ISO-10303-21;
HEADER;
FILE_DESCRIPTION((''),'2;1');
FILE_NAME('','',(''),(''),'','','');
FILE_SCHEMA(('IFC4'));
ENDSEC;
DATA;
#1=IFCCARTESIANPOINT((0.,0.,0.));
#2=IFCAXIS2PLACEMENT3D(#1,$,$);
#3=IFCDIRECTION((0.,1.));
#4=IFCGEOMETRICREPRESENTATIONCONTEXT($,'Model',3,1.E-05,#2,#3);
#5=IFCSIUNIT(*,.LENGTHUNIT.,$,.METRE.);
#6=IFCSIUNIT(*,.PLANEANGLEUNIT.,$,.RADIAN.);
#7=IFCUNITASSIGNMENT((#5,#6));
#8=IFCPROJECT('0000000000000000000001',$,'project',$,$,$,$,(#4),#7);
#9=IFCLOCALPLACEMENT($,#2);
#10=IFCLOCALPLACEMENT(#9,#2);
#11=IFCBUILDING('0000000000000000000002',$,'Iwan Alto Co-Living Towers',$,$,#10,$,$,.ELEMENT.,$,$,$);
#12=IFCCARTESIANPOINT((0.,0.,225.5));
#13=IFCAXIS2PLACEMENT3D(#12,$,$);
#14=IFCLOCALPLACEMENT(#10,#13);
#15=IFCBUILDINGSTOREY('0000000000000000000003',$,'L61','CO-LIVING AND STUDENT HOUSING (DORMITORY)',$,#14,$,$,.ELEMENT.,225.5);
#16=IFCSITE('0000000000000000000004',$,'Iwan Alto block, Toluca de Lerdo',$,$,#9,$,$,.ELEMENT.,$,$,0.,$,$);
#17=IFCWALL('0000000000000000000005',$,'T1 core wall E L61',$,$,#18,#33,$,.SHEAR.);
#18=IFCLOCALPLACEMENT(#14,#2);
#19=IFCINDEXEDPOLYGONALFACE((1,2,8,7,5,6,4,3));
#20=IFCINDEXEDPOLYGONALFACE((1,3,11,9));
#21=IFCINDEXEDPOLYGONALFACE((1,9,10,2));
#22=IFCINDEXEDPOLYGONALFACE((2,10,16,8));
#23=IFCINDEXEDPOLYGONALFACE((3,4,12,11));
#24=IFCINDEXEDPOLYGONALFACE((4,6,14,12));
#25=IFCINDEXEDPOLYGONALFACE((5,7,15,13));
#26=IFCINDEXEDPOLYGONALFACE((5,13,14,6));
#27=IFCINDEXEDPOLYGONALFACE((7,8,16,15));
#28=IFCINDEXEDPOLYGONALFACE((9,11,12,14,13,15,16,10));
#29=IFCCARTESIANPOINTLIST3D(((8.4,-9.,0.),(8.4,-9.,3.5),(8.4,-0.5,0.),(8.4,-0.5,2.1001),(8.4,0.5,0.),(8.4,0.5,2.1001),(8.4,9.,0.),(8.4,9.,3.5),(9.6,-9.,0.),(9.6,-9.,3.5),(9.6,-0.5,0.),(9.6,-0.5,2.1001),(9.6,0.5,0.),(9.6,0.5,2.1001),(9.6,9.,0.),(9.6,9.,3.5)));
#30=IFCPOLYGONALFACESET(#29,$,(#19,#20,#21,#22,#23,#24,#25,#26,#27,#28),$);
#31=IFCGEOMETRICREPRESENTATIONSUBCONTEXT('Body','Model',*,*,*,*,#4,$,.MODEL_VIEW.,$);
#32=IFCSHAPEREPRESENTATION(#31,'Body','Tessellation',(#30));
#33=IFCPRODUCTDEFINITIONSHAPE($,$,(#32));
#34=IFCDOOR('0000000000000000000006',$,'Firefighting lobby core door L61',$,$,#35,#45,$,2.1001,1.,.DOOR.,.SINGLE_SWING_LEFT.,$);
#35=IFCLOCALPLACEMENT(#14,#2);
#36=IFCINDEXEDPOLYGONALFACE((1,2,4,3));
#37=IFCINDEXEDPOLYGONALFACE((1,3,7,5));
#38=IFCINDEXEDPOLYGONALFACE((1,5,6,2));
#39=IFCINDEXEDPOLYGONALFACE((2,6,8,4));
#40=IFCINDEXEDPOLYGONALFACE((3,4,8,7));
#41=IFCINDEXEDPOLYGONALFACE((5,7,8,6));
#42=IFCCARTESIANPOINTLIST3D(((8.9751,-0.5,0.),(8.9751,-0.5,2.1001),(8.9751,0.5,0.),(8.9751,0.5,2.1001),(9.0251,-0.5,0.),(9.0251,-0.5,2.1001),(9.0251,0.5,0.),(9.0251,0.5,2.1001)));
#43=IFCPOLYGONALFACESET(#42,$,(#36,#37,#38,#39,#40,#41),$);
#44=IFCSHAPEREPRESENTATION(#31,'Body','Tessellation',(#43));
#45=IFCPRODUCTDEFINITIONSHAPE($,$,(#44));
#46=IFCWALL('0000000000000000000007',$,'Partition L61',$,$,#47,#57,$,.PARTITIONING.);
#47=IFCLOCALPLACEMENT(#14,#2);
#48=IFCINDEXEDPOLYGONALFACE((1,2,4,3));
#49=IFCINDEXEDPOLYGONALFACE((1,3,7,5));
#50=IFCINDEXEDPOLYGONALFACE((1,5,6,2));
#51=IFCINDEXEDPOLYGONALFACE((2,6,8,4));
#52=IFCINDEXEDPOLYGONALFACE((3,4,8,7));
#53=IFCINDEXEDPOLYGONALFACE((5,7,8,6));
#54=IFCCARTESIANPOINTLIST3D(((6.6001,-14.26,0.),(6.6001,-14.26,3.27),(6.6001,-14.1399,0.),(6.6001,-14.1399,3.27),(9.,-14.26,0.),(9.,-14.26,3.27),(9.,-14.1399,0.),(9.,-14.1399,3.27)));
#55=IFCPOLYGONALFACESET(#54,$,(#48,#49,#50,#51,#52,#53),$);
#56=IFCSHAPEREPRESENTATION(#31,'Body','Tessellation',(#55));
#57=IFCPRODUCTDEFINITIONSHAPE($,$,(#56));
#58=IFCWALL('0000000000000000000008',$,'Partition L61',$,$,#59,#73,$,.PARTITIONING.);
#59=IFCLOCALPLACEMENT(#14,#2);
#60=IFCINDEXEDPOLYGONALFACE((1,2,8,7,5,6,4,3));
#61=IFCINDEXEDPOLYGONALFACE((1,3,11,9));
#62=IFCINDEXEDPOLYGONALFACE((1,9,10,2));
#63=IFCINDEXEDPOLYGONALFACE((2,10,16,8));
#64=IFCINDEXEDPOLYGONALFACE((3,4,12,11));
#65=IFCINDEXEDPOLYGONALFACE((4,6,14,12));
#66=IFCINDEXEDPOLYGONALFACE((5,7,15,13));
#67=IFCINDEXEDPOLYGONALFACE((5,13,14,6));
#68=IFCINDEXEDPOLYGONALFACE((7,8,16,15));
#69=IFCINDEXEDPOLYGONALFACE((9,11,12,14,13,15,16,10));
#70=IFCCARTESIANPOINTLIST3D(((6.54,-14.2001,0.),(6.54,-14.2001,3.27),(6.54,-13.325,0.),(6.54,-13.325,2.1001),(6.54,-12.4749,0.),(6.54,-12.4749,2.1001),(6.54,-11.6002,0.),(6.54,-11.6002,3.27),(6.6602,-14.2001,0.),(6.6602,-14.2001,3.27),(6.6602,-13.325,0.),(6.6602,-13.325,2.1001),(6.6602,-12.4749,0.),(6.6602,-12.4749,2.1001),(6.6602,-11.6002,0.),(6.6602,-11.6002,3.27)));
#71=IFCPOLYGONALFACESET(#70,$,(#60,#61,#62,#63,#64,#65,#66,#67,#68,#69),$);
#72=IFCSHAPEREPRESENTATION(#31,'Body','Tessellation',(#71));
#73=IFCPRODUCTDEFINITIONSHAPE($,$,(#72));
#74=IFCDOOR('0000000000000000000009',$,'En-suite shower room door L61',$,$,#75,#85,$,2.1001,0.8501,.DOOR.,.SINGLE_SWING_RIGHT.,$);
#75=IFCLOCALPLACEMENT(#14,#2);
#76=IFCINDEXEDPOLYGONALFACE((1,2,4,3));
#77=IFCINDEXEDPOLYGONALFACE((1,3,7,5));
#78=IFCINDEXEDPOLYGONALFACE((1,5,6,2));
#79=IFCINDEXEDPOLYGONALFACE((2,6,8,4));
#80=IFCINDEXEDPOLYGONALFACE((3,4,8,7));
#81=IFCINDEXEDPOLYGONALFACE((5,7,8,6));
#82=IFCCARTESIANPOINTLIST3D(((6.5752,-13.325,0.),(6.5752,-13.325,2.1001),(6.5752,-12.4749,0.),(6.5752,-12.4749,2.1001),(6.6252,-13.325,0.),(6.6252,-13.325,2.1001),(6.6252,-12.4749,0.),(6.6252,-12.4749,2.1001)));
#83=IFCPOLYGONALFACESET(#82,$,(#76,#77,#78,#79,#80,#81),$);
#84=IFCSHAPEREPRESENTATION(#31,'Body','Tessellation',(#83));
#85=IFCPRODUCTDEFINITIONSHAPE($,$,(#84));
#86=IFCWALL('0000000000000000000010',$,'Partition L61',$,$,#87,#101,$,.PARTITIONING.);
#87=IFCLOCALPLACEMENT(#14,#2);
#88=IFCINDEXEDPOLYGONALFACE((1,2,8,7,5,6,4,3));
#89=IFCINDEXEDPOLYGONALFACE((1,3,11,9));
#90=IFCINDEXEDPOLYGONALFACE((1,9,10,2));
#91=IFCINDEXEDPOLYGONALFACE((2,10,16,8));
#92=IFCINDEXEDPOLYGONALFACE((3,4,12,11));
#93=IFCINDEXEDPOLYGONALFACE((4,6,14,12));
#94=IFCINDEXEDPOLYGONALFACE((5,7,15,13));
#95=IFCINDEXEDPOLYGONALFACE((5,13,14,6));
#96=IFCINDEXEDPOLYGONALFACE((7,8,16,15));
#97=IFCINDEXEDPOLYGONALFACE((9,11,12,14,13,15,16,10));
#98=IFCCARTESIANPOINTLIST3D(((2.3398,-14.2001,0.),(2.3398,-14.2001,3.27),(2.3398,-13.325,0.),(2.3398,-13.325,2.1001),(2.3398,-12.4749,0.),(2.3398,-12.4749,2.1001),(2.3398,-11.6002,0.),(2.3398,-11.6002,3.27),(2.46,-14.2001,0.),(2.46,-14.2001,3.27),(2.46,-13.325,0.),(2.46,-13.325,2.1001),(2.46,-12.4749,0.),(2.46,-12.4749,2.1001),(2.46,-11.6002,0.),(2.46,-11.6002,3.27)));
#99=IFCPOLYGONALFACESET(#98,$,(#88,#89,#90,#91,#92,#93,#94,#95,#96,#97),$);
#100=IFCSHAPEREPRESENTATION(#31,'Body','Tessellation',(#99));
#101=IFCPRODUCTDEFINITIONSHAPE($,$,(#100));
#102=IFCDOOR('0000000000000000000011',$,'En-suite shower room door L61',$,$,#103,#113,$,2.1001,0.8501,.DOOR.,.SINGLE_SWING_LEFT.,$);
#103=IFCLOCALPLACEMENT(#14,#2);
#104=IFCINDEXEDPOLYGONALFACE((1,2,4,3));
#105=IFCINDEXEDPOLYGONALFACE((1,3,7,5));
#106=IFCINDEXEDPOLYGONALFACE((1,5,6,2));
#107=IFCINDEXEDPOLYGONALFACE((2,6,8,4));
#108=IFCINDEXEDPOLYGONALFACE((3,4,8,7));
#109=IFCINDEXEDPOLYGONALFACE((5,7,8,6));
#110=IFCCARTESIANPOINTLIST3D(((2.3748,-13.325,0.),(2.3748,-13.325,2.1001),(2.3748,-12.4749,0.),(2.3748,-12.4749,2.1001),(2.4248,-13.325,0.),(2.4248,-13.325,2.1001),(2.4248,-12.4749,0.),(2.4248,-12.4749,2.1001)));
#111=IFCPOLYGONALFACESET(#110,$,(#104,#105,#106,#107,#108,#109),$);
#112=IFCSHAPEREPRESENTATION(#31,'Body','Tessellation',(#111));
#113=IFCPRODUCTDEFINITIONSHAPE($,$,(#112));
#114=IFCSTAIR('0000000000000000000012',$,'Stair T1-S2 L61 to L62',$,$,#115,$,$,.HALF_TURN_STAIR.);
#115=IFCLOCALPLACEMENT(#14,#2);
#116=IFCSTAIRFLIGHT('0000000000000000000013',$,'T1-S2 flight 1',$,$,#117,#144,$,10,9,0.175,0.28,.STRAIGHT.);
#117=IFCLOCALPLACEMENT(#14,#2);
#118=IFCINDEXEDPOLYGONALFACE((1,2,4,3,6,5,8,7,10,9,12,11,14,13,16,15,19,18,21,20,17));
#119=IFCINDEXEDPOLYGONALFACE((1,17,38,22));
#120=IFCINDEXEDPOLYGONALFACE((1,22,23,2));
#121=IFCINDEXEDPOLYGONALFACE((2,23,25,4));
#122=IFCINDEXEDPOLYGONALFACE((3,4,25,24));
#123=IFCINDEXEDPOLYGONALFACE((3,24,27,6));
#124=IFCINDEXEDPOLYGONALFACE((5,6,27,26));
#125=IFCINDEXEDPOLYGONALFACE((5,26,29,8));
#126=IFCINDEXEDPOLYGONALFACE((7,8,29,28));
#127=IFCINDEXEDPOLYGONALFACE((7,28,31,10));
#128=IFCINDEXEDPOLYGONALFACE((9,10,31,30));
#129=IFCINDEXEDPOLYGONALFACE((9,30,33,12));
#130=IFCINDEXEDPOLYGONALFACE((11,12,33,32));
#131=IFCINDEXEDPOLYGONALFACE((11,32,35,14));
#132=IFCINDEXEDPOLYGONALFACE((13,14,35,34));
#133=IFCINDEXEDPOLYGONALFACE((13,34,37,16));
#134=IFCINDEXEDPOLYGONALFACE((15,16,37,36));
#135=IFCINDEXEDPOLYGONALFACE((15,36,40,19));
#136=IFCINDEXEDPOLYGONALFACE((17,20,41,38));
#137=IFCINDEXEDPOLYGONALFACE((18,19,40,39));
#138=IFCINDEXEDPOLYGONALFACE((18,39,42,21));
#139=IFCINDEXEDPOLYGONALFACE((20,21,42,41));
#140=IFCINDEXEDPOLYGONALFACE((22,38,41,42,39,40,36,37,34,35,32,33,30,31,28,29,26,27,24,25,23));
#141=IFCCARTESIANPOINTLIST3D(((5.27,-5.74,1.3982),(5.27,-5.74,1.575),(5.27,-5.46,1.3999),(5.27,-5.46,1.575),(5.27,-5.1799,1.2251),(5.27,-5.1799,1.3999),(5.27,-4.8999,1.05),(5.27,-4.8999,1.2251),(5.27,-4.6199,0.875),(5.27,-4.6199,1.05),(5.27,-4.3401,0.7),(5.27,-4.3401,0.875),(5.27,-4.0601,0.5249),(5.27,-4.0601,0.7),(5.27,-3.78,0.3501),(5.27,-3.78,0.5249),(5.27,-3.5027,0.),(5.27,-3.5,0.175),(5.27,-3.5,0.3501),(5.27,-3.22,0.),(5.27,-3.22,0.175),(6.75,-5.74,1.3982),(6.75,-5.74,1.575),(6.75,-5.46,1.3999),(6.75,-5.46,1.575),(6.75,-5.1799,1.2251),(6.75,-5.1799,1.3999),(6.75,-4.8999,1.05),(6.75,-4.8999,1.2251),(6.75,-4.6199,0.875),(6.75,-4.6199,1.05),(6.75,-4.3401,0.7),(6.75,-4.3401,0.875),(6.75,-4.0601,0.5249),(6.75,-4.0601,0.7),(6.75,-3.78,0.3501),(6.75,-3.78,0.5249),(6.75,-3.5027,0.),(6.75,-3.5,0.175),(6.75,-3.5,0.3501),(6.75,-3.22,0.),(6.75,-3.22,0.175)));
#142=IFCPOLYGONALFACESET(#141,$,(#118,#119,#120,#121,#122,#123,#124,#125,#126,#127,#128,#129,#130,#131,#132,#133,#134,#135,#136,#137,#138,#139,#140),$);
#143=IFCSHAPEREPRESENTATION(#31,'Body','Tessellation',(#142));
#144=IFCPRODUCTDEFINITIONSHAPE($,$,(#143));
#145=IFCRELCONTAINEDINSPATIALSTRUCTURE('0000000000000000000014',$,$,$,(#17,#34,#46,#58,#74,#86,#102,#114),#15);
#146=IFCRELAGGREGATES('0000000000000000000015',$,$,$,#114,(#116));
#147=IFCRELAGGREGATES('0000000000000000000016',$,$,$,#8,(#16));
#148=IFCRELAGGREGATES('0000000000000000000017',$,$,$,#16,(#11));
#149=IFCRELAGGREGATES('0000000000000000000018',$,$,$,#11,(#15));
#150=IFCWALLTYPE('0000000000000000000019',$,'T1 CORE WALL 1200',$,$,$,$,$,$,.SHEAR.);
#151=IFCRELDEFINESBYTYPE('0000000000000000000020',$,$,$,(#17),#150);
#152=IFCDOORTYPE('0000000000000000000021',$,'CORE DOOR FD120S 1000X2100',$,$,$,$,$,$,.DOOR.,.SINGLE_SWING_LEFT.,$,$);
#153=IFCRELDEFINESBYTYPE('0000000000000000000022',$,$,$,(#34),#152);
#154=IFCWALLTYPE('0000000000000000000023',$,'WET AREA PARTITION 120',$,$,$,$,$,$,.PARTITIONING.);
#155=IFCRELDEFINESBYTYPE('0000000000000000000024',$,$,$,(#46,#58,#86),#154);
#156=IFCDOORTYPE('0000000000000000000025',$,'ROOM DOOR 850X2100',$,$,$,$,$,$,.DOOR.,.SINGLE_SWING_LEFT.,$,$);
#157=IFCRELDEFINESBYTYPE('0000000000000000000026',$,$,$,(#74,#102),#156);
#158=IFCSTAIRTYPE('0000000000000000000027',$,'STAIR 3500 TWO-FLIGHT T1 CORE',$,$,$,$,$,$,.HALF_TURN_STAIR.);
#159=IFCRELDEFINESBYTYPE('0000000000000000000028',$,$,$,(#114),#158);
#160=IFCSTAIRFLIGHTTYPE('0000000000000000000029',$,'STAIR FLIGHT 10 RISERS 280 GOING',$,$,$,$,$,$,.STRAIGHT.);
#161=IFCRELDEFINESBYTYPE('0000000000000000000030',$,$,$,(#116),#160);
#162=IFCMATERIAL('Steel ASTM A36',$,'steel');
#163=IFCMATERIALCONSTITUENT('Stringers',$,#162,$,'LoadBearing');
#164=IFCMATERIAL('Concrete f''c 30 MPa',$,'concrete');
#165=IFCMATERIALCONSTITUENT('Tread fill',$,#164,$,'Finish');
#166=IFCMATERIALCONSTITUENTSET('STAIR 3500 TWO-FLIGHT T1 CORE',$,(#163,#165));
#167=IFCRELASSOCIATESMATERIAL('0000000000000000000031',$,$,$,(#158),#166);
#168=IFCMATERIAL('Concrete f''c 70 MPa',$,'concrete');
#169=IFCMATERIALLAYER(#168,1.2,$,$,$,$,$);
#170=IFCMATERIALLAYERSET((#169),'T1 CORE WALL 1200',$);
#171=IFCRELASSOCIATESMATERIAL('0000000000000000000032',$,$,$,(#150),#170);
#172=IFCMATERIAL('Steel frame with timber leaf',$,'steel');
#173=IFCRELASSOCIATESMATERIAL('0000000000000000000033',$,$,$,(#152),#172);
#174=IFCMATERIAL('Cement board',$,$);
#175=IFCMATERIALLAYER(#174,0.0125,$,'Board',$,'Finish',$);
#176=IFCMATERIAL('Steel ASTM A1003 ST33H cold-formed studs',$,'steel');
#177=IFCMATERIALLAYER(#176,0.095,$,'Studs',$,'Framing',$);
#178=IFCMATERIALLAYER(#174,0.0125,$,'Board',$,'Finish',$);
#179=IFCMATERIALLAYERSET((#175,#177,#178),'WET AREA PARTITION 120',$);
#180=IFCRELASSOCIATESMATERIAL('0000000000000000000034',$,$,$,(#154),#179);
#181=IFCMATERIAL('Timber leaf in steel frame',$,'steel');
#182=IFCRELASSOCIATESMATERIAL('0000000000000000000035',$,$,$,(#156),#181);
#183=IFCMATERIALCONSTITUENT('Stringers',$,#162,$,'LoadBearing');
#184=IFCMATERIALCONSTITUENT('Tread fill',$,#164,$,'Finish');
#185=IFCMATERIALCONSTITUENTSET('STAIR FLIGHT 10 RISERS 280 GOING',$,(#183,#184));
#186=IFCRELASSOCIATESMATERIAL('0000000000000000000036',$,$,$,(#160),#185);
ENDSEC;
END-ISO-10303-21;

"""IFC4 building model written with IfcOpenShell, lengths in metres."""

from ifc_helpers import new_model, si_unit, direction, frame, frame_2d, origin, place, context, subcontext, project, spatial, polyline, rectangle, outline, extrude, material, layer, layer_set, constituent, constituent_set, type_object, element, fill, aggregate, save


model = new_model("IFC4")

# Units and contexts
model_context = context("Model", 3, precision=1e-05, world=origin(), true_north=direction((0.0, 1.0)))
body_context = subcontext(model_context, "Body", "Model", "MODEL_VIEW")
ifc_project = project(units=[si_unit("LENGTHUNIT", "METRE"), si_unit("PLANEANGLEUNIT", "RADIAN")], contexts=[model_context])

# Site, building, storey
site_placement = place(None, origin())
site = spatial("IfcSite", under=ifc_project, at=site_placement, Name="Iwan Alto block, Toluca de Lerdo", CompositionType="ELEMENT", RefElevation=0.0)
building_placement = place(site_placement, origin())
building = spatial("IfcBuilding", under=site, at=building_placement, Name="Iwan Alto Co-Living Towers", CompositionType="ELEMENT")
storey_placement = place(building_placement, frame((0.0, 0.0, 225.5)))
storey = spatial("IfcBuildingStorey", under=building, at=storey_placement, Name="L61", Description="CO-LIVING AND STUDENT HOUSING (DORMITORY)", CompositionType="ELEMENT", Elevation=225.5)

# Shared definitions
ifc_material_1 = material(Name="Steel ASTM A36", Category="steel")
ifc_constituent_1 = constituent(ifc_material_1, Name="Stringers", Category="LoadBearing")
ifc_material_2 = material(Name="Concrete f'c 30 MPa", Category="concrete")
ifc_constituent_2 = constituent(ifc_material_2, Name="Tread fill", Category="Finish")
ifc_constituent_set_1 = constituent_set(constituents=[ifc_constituent_1, ifc_constituent_2], Name="STAIR 3500 TWO-FLIGHT T1 CORE")
stair_type = type_object("IfcStairType", Name="STAIR 3500 TWO-FLIGHT T1 CORE", PredefinedType="HALF_TURN_STAIR", material=ifc_constituent_set_1)

# Shared definitions
ifc_material_3 = material(Name="Steel ASTM A1003 ST33H cold-formed studs", Category="steel")

# Wall, opening, door
ifc_material_4 = material(Name="Concrete f'c 70 MPa", Category="concrete")
ifc_layer_1 = layer(ifc_material_4, 1.2)
ifc_layer_set_1 = layer_set([ifc_layer_1], Name="T1 CORE WALL 1200")
wall_type_1 = type_object("IfcWallType", Name="T1 CORE WALL 1200", PredefinedType="SHEAR", material=ifc_layer_set_1)
wall_1_placement = place(storey_placement, frame((9.0, -9.0, 0.0), z_axis=(0.0, 0.0, 1.0), x_axis=(0.0, 1.0, 0.0)))
wall_1 = element("IfcWall", 1, at=wall_1_placement, inside=storey, type_object=wall_type_1, Name="T1 core wall E L61", PredefinedType="SHEAR", context=body_context, shape_type="SweptSolid", body=[
    extrude(rectangle(XDim=18.0, YDim=1.2, at=frame_2d((9.0, 0.0))), origin(), (0.0, 0.0, 1.0), 3.5),
])
opening_1_placement = place(wall_1_placement, frame((8.5, 0.0, 0.0)))
opening_1 = element("IfcOpeningElement", 2, at=opening_1_placement, cuts=wall_1, PredefinedType="OPENING", context=body_context, shape_type="SweptSolid", body=[
    extrude(rectangle(XDim=1.0, YDim=2.1001, at=frame_2d((0.5, 1.05))), frame((0.0, 0.6099, 0.0), z_axis=(0.0, -1.0, 0.0), x_axis=(1.0, 0.0, 0.0)), (0.0, 0.0, 1.0), 1.22),
])
ifc_material_5 = material(Name="Steel frame with timber leaf", Category="steel")
door_type_1 = type_object("IfcDoorType", Name="CORE DOOR FD120S 1000X2100", OperationType="SINGLE_SWING_LEFT", PredefinedType="DOOR", material=ifc_material_5)
door_1_placement = place(opening_1_placement, origin())
door_1 = element("IfcDoor", 3, at=door_1_placement, inside=storey, type_object=door_type_1, Name="Firefighting lobby core door L61", OperationType="SINGLE_SWING_LEFT", OverallHeight=2.1001, OverallWidth=1.0, PredefinedType="DOOR", context=body_context, shape_type="SweptSolid", body=[
    extrude(rectangle(XDim=1.0, YDim=2.1001, at=frame_2d((0.5, 1.05))), frame((0.0, 0.0249, 0.0), z_axis=(0.0, -1.0, 0.0), x_axis=(1.0, 0.0, 0.0)), (0.0, 0.0, 1.0), 0.05),
])
fill(opening_1, door_1)

# Wall
ifc_material_6 = material(Name="Cement board")
ifc_layer_2 = layer(ifc_material_6, 0.0125, Name="Board", Category="Finish")
ifc_layer_3 = layer(ifc_material_3, 0.095, Name="Studs", Category="Framing")
ifc_layer_4 = layer(ifc_material_6, 0.0125, Name="Board", Category="Finish")
ifc_layer_set_2 = layer_set([ifc_layer_2, ifc_layer_3, ifc_layer_4], Name="WET AREA PARTITION 120")
wall_type_2 = type_object("IfcWallType", Name="WET AREA PARTITION 120", PredefinedType="PARTITIONING", material=ifc_layer_set_2)
wall_2_placement = place(storey_placement, frame((6.6001, -14.2, 0.0), z_axis=(0.0, 0.0, 1.0), x_axis=(1.0, 0.0, 0.0)))
element("IfcWall", 4, at=wall_2_placement, inside=storey, type_object=wall_type_2, Name="Partition L61", PredefinedType="PARTITIONING", context=body_context, shape_type="SweptSolid", body=[
    extrude(rectangle(XDim=2.3999, YDim=0.1201, at=frame_2d((1.2, 0.0))), origin(), (0.0, 0.0, 1.0), 3.27),
])

# Walls, openings, doors
wall_3_placement = place(storey_placement, frame((6.6001, -14.2, 0.0), z_axis=(0.0, 0.0, 1.0), x_axis=(0.0, 1.0, 0.0)))
wall_3 = element("IfcWall", 5, at=wall_3_placement, inside=storey, type_object=wall_type_2, Name="Partition L61", PredefinedType="PARTITIONING", context=body_context, shape_type="SweptSolid", body=[
    extrude(rectangle(XDim=2.5999, YDim=0.1201, at=frame_2d((1.2998, 0.0))), origin(), (0.0, 0.0, 1.0), 3.27),
])
opening_2_placement = place(wall_3_placement, frame((0.875, 0.0, 0.0)))
opening_2 = element("IfcOpeningElement", 6, at=opening_2_placement, cuts=wall_3, PredefinedType="OPENING", context=body_context, shape_type="SweptSolid", body=[
    extrude(rectangle(XDim=0.8501, YDim=2.1001, at=frame_2d((0.425, 1.05))), frame((0.0, 0.0701, 0.0), z_axis=(0.0, -1.0, 0.0), x_axis=(1.0, 0.0, 0.0)), (0.0, 0.0, 1.0), 0.1401),
])
ifc_material_7 = material(Name="Timber leaf in steel frame", Category="steel")
door_type_2 = type_object("IfcDoorType", Name="ROOM DOOR 850X2100", OperationType="SINGLE_SWING_LEFT", PredefinedType="DOOR", material=ifc_material_7)
door_2_placement = place(opening_2_placement, origin())
door_2 = element("IfcDoor", 7, at=door_2_placement, inside=storey, type_object=door_type_2, Name="En-suite shower room door L61", OperationType="SINGLE_SWING_RIGHT", OverallHeight=2.1001, OverallWidth=0.8501, PredefinedType="DOOR", context=body_context, shape_type="SweptSolid", body=[
    extrude(rectangle(XDim=0.8501, YDim=2.1001, at=frame_2d((0.425, 1.05))), frame((0.0, 0.0249, 0.0), z_axis=(0.0, -1.0, 0.0), x_axis=(1.0, 0.0, 0.0)), (0.0, 0.0, 1.0), 0.05),
])
fill(opening_2, door_2)
wall_4_placement = place(storey_placement, frame((2.3999, -14.2, 0.0), z_axis=(0.0, 0.0, 1.0), x_axis=(0.0, 1.0, 0.0)))
wall_4 = element("IfcWall", 8, at=wall_4_placement, inside=storey, type_object=wall_type_2, Name="Partition L61", PredefinedType="PARTITIONING", context=body_context, shape_type="SweptSolid", body=[
    extrude(rectangle(XDim=2.5999, YDim=0.1201, at=frame_2d((1.2998, 0.0))), origin(), (0.0, 0.0, 1.0), 3.27),
])
opening_3_placement = place(wall_4_placement, frame((0.875, 0.0, 0.0)))
opening_3 = element("IfcOpeningElement", 9, at=opening_3_placement, cuts=wall_4, PredefinedType="OPENING", context=body_context, shape_type="SweptSolid", body=[
    extrude(rectangle(XDim=0.8501, YDim=2.1001, at=frame_2d((0.425, 1.05))), frame((0.0, 0.0701, 0.0), z_axis=(0.0, -1.0, 0.0), x_axis=(1.0, 0.0, 0.0)), (0.0, 0.0, 1.0), 0.1401),
])
door_3_placement = place(opening_3_placement, frame((0.8501, 0.0, 0.0), z_axis=(0.0, 0.0, 1.0), x_axis=(-1.0, 0.0, 0.0)))
door_3 = element("IfcDoor", 10, at=door_3_placement, inside=storey, type_object=door_type_2, Name="En-suite shower room door L61", OperationType="SINGLE_SWING_LEFT", OverallHeight=2.1001, OverallWidth=0.8501, PredefinedType="DOOR", context=body_context, shape_type="SweptSolid", body=[
    extrude(rectangle(XDim=0.8501, YDim=2.1001, at=frame_2d((0.425, 1.05))), frame((0.0, 0.0249, 0.0), z_axis=(0.0, -1.0, 0.0), x_axis=(1.0, 0.0, 0.0)), (0.0, 0.0, 1.0), 0.05),
])
fill(opening_3, door_3)

# Stair, stair flight
stair_1_placement = place(storey_placement, origin())
stair_1 = element("IfcStair", 11, at=stair_1_placement, inside=storey, type_object=stair_type, Name="Stair T1-S2 L61 to L62", PredefinedType="HALF_TURN_STAIR")
ifc_constituent_3 = constituent(ifc_material_1, Name="Stringers", Category="LoadBearing")
ifc_constituent_4 = constituent(ifc_material_2, Name="Tread fill", Category="Finish")
ifc_constituent_set_2 = constituent_set(constituents=[ifc_constituent_3, ifc_constituent_4], Name="STAIR FLIGHT 10 RISERS 280 GOING")
stair_flight_type = type_object("IfcStairFlightType", Name="STAIR FLIGHT 10 RISERS 280 GOING", PredefinedType="STRAIGHT", material=ifc_constituent_set_2)
stair_flight_1_placement = place(storey_placement, frame((6.01, -3.22, 0.0), z_axis=(0.0, 0.0, 1.0), x_axis=(0.0, -1.0, 0.0)))
stair_flight_1 = element("IfcStairFlight", 12, at=stair_flight_1_placement, type_object=stair_flight_type, Name="T1-S2 flight 1", NumberOfRisers=10, NumberOfTreads=9, PredefinedType="STRAIGHT", RiserHeight=0.175, TreadLength=0.28, context=body_context, shape_type="SweptSolid", body=[
    extrude(outline(polyline([(0.0, 0.0), (0.0, 0.175), (0.28, 0.175), (0.28, 0.3501), (0.5601, 0.3501), (0.5601, 0.5249), (0.8401, 0.5249), (0.8401, 0.7), (1.1201, 0.7), (1.1201, 0.875), (1.3999, 0.875), (1.3999, 1.05), (1.6799, 1.05), (1.6799, 1.2251), (1.96, 1.2251), (1.96, 1.3999), (2.24, 1.3999), (2.24, 1.575), (2.52, 1.575), (2.52, 1.75), (2.52, 1.3982), (0.2827, 0.0), (0.0, 0.0)])), frame((0.0, 0.74, 0.0), z_axis=(0.0, -1.0, 0.0), x_axis=(1.0, 0.0, 0.0)), (0.0, 0.0, 1.0), 1.48),
])
aggregate(stair_1, [stair_flight_1])

save(model, "model.ifc")
